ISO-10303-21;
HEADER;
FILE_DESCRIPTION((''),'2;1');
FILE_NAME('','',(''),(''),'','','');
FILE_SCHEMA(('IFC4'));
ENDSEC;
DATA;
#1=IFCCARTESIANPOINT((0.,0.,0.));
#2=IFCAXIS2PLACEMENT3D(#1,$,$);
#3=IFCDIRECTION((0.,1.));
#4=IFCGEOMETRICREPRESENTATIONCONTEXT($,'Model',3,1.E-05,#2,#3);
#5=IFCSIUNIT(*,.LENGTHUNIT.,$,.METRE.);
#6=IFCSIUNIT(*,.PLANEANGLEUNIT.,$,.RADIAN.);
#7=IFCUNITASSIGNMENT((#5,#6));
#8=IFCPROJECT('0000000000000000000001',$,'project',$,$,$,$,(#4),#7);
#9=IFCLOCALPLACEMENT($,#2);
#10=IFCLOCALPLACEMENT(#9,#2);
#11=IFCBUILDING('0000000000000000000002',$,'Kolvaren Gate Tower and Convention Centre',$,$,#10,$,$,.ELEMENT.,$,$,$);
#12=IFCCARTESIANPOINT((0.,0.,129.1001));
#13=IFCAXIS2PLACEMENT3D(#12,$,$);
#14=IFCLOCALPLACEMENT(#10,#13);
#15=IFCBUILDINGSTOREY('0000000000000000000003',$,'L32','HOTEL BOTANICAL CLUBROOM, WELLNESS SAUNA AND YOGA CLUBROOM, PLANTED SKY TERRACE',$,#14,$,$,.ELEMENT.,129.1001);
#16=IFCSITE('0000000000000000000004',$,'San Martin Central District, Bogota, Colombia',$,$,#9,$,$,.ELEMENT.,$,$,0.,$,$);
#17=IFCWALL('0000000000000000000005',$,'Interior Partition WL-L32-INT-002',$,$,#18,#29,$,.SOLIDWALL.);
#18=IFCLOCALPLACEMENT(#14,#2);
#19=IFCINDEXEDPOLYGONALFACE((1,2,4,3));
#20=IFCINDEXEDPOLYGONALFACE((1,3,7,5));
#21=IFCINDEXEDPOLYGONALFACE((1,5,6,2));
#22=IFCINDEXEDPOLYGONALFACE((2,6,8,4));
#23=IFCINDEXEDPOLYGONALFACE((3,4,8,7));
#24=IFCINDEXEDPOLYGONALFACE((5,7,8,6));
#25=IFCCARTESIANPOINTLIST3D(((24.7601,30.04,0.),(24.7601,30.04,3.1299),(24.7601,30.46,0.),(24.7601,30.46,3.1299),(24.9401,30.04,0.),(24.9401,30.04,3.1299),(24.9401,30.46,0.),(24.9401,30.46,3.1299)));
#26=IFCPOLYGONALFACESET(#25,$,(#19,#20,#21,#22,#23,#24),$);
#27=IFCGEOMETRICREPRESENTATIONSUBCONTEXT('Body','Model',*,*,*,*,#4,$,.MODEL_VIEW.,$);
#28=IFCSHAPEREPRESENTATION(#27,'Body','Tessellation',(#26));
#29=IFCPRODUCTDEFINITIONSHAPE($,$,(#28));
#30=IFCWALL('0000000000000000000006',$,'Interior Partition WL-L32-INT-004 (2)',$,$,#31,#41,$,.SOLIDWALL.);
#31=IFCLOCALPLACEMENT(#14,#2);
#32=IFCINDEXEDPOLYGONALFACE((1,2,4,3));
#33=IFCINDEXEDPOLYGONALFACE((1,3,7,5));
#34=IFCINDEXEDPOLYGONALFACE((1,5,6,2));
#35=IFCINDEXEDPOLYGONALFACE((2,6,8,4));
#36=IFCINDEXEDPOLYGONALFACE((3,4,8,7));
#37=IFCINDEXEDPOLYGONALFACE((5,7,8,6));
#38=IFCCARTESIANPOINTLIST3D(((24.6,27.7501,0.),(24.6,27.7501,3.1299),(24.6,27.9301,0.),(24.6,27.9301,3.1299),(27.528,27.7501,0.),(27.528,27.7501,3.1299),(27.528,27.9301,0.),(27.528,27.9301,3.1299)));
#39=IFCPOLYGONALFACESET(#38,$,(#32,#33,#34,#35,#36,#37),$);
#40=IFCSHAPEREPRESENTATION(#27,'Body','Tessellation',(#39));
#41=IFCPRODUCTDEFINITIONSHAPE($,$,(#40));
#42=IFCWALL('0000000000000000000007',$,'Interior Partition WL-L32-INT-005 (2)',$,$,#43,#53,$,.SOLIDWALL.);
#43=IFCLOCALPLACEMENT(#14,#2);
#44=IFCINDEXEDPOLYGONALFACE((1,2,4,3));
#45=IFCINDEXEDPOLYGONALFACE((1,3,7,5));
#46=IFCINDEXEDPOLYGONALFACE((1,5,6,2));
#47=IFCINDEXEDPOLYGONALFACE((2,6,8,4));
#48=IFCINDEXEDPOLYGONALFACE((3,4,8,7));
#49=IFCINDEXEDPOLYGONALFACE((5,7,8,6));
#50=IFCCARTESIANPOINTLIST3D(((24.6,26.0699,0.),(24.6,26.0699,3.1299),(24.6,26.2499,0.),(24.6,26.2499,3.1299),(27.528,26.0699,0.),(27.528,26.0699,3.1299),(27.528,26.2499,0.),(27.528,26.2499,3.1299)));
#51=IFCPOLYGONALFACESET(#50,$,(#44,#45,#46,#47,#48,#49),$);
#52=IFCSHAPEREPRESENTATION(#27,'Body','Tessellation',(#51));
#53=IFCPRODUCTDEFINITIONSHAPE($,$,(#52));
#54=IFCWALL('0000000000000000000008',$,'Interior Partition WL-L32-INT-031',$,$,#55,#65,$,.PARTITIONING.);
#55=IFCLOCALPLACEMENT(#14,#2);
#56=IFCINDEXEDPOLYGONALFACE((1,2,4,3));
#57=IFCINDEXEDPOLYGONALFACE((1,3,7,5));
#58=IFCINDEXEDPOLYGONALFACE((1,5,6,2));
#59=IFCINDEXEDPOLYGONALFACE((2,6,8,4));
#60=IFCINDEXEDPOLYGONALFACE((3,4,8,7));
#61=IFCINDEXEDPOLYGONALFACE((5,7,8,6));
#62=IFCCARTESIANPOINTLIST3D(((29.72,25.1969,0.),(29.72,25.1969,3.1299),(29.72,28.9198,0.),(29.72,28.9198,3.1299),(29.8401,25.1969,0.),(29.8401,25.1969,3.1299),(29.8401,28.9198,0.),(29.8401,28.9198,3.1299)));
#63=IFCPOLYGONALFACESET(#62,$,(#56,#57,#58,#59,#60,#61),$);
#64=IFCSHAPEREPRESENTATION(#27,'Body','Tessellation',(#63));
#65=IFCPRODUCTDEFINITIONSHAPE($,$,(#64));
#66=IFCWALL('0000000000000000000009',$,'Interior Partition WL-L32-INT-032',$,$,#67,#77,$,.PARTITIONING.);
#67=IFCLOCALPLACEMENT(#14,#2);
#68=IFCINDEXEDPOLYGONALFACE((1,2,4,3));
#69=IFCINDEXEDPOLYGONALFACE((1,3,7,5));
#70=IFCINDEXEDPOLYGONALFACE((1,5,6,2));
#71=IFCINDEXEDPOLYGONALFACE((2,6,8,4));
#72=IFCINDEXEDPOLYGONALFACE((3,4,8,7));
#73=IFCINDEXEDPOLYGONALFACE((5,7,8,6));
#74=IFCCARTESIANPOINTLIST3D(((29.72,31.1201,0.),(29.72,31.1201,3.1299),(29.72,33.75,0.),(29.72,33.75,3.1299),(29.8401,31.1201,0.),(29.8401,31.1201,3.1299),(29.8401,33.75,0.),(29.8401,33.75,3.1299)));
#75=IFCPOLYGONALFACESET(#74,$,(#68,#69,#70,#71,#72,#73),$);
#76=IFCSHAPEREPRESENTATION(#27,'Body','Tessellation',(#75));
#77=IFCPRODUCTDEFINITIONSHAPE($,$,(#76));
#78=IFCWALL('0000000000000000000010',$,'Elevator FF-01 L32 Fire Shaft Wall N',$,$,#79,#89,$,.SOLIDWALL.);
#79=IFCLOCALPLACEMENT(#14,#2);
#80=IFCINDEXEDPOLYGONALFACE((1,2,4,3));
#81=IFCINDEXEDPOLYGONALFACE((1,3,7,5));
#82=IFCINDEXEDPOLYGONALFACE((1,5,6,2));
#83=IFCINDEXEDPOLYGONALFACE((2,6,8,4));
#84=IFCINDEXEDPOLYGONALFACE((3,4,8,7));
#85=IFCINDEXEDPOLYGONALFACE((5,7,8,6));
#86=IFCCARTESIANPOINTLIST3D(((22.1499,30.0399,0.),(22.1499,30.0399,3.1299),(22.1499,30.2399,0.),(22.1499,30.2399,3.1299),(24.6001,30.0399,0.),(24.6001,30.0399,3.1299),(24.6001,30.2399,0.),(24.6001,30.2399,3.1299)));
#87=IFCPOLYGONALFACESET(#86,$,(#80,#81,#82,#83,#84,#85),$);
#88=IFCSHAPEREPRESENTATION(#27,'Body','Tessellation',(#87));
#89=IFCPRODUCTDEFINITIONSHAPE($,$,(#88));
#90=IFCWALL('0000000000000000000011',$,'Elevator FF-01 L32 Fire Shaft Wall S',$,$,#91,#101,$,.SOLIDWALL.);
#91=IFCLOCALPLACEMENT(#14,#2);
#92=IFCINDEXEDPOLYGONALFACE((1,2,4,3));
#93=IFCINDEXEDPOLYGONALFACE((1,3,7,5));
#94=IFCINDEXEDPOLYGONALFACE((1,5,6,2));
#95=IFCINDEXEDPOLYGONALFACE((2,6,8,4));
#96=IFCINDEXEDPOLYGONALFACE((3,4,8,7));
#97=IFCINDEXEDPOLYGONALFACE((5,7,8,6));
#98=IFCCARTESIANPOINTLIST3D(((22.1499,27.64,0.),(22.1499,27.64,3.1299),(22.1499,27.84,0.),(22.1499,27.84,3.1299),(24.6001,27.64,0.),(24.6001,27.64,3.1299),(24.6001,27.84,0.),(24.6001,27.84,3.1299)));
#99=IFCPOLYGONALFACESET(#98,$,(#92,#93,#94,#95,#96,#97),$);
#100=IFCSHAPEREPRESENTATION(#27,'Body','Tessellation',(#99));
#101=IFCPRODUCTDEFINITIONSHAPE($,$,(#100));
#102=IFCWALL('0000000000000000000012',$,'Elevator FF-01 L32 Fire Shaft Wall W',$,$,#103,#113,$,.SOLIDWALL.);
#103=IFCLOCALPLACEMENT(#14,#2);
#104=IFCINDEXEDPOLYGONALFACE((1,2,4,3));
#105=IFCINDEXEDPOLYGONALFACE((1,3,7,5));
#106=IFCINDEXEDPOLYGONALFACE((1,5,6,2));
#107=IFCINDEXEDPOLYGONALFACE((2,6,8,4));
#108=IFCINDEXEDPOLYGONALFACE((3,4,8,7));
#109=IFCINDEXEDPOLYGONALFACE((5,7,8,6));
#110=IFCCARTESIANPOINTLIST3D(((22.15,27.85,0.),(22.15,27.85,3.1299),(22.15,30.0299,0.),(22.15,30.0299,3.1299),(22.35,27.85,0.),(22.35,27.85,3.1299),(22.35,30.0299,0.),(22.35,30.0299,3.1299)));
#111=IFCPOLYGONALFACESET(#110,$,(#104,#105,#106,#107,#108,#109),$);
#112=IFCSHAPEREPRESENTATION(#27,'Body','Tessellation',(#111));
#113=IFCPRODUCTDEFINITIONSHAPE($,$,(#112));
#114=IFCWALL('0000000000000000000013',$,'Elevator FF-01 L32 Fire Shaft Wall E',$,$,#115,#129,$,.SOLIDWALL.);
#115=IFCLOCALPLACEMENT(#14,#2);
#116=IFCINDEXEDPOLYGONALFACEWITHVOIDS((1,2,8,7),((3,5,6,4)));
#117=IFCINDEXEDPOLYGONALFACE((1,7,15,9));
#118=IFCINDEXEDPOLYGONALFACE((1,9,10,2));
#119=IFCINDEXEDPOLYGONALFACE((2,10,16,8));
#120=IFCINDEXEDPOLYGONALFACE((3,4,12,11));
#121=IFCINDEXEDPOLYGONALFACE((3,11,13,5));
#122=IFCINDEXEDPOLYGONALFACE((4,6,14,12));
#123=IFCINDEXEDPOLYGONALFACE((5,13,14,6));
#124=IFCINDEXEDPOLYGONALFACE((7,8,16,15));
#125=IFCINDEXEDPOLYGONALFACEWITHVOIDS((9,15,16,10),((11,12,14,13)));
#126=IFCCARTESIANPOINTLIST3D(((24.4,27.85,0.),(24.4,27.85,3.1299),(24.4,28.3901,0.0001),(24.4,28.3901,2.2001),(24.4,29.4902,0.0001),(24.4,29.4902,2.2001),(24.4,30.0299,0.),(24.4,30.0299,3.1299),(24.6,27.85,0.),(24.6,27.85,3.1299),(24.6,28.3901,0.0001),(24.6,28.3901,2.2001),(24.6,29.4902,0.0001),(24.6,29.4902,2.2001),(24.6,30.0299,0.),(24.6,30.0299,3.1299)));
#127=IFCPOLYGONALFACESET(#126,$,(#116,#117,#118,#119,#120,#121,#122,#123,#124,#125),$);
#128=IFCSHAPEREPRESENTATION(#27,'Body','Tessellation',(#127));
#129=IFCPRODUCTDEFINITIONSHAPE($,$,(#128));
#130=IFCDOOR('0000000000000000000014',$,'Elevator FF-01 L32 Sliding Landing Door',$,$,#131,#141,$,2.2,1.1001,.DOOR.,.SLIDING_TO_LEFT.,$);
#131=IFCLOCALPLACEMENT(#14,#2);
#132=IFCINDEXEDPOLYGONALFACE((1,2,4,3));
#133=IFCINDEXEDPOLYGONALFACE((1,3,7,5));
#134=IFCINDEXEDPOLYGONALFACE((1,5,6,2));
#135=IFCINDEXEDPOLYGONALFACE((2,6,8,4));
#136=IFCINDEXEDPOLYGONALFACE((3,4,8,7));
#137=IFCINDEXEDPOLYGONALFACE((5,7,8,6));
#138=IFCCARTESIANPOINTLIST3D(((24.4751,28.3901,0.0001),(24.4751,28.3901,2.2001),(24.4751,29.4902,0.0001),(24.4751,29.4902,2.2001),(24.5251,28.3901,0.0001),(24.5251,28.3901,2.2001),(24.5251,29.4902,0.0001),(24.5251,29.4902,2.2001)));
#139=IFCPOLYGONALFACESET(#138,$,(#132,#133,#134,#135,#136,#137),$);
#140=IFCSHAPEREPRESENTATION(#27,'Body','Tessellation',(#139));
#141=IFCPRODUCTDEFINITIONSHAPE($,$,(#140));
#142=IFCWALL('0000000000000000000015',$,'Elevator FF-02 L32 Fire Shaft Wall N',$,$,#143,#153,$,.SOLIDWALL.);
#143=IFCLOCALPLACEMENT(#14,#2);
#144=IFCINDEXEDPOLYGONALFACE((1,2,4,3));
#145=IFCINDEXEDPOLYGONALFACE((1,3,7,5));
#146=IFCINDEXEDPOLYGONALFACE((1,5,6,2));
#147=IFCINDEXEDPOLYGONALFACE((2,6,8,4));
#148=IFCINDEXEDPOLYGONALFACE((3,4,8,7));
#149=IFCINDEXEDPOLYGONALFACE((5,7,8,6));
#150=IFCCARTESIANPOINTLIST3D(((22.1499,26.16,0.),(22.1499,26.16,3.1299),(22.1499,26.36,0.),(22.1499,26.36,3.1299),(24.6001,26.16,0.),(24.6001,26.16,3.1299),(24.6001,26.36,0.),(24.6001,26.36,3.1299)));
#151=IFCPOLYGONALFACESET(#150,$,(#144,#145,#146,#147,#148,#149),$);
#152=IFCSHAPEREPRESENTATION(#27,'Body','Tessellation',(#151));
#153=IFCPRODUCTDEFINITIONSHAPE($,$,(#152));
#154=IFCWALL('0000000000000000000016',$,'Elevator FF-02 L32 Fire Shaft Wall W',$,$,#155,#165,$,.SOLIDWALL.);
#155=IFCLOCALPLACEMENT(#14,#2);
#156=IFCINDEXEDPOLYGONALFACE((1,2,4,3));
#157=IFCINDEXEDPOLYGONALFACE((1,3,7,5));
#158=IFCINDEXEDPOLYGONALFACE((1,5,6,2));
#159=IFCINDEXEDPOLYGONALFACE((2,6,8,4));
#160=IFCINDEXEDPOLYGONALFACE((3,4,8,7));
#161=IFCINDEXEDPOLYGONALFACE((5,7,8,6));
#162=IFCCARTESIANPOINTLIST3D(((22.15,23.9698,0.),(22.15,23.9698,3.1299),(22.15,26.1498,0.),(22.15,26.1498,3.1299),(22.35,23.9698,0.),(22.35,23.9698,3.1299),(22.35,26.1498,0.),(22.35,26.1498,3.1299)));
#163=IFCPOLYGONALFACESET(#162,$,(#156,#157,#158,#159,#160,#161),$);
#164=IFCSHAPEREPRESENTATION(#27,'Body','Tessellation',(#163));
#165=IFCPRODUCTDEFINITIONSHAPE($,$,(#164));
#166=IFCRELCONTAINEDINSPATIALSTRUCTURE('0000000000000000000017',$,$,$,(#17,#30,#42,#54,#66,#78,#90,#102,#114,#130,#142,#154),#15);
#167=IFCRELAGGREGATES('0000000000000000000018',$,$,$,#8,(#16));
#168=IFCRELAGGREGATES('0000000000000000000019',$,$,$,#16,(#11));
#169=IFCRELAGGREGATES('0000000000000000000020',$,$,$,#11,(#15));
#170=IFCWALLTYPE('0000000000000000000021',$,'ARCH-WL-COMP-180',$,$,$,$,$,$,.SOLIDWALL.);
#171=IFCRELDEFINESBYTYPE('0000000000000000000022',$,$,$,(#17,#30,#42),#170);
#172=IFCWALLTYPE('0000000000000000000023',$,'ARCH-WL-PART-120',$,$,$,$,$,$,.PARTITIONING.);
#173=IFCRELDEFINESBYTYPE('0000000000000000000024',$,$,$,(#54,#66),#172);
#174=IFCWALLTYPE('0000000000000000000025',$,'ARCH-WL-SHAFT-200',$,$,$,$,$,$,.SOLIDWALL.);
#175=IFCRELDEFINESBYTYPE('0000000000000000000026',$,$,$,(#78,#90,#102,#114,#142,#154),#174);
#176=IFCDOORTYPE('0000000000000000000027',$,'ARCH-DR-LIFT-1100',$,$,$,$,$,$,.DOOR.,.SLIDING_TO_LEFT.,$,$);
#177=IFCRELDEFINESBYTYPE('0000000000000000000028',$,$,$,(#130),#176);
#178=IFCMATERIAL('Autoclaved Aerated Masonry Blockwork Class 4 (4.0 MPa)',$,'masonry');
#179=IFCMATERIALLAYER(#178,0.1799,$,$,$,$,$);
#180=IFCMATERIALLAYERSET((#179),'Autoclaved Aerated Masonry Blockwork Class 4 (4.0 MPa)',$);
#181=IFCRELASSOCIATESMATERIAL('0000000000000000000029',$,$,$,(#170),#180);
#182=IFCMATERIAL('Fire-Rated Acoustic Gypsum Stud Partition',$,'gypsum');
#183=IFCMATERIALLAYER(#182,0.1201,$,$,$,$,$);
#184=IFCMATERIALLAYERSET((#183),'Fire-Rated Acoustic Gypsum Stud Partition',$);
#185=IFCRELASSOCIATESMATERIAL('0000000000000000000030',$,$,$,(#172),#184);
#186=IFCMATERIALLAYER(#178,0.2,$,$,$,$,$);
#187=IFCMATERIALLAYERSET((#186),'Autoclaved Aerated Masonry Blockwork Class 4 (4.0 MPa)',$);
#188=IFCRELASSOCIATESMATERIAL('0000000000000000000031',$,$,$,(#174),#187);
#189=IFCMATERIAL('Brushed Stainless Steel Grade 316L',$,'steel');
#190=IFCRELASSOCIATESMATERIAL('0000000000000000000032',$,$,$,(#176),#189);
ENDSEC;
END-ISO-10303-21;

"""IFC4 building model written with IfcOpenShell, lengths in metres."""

from ifc_helpers import new_model, si_unit, direction, frame, frame_2d, origin, place, context, subcontext, project, spatial, rectangle, extrude, material, layer, layer_set, type_object, element, fill, save


model = new_model("IFC4")

# Units and contexts
model_context = context("Model", 3, precision=1e-05, world=origin(), true_north=direction((0.0, 1.0)))
body_context = subcontext(model_context, "Body", "Model", "MODEL_VIEW")
ifc_project = project(units=[si_unit("LENGTHUNIT", "METRE"), si_unit("PLANEANGLEUNIT", "RADIAN")], contexts=[model_context])

# Site, building, storey
site_placement = place(None, origin())
site = spatial("IfcSite", under=ifc_project, at=site_placement, Name="San Martin Central District, Bogota, Colombia", CompositionType="ELEMENT", RefElevation=0.0)
building_placement = place(site_placement, origin())
building = spatial("IfcBuilding", under=site, at=building_placement, Name="Kolvaren Gate Tower and Convention Centre", CompositionType="ELEMENT")
storey_placement = place(building_placement, frame((0.0, 0.0, 129.1001)))
storey = spatial("IfcBuildingStorey", under=building, at=storey_placement, Name="L32", Description="HOTEL BOTANICAL CLUBROOM, WELLNESS SAUNA AND YOGA CLUBROOM, PLANTED SKY TERRACE", CompositionType="ELEMENT", Elevation=129.1001)

# Walls
ifc_material_1 = material(Name="Autoclaved Aerated Masonry Blockwork Class 4 (4.0 MPa)", Category="masonry")
ifc_layer_1 = layer(ifc_material_1, 0.1799)
ifc_layer_set_1 = layer_set([ifc_layer_1], Name="Autoclaved Aerated Masonry Blockwork Class 4 (4.0 MPa)")
wall_type_1 = type_object("IfcWallType", Name="ARCH-WL-COMP-180", PredefinedType="SOLIDWALL", material=ifc_layer_set_1)
wall_1_placement = place(storey_placement, frame((24.8501, 30.04, 0.0), z_axis=(0.0, 0.0, 1.0), x_axis=(0.0, 1.0, 0.0)))
element("IfcWall", 1, at=wall_1_placement, inside=storey, type_object=wall_type_1, Name="Interior Partition WL-L32-INT-002", PredefinedType="SOLIDWALL", context=body_context, shape_type="SweptSolid", body=[
    extrude(rectangle(XDim=0.4199, YDim=0.1799, at=frame_2d((0.21, 0.0))), origin(), (0.0, 0.0, 1.0), 3.1299),
])
for number, where, z_axis, x_axis, name in (
    (2, (24.6001, 27.8401, 0.0), (0.0, 0.0, 1.0), (1.0, 0.0, 0.0), "Interior Partition WL-L32-INT-004 (2)"),
    (3, (24.6001, 26.1599, 0.0), (0.0, 0.0, 1.0), (1.0, 0.0, 0.0), "Interior Partition WL-L32-INT-005 (2)"),
):
    element("IfcWall", number, at=place(storey_placement, frame(where, z_axis=z_axis, x_axis=x_axis)), inside=storey, type_object=wall_type_1, Name=name, PredefinedType="SOLIDWALL", context=body_context, shape_type="SweptSolid", body=[
        extrude(rectangle(XDim=2.928, YDim=0.1799, at=frame_2d((1.4639, 0.0))), origin(), (0.0, 0.0, 1.0), 3.1299),
    ])
ifc_material_2 = material(Name="Fire-Rated Acoustic Gypsum Stud Partition", Category="gypsum")
ifc_layer_2 = layer(ifc_material_2, 0.1201)
ifc_layer_set_2 = layer_set([ifc_layer_2], Name="Fire-Rated Acoustic Gypsum Stud Partition")
wall_type_2 = type_object("IfcWallType", Name="ARCH-WL-PART-120", PredefinedType="PARTITIONING", material=ifc_layer_set_2)
wall_2_placement = place(storey_placement, frame((29.78, 25.197, 0.0), z_axis=(0.0, 0.0, 1.0), x_axis=(0.0, 1.0, 0.0)))
element("IfcWall", 4, at=wall_2_placement, inside=storey, type_object=wall_type_2, Name="Interior Partition WL-L32-INT-031", PredefinedType="PARTITIONING", context=body_context, shape_type="SweptSolid", body=[
    extrude(rectangle(XDim=3.7229, YDim=0.1201, at=frame_2d((1.8613, 0.0))), origin(), (0.0, 0.0, 1.0), 3.1299),
])
wall_3_placement = place(storey_placement, frame((29.78, 31.1201, 0.0), z_axis=(0.0, 0.0, 1.0), x_axis=(0.0, 1.0, 0.0)))
element("IfcWall", 5, at=wall_3_placement, inside=storey, type_object=wall_type_2, Name="Interior Partition WL-L32-INT-032", PredefinedType="PARTITIONING", context=body_context, shape_type="SweptSolid", body=[
    extrude(rectangle(XDim=2.6299, YDim=0.1201, at=frame_2d((1.3149, 0.0))), origin(), (0.0, 0.0, 1.0), 3.1299),
])
ifc_layer_3 = layer(ifc_material_1, 0.2)
ifc_layer_set_3 = layer_set([ifc_layer_3], Name="Autoclaved Aerated Masonry Blockwork Class 4 (4.0 MPa)")
wall_type_3 = type_object("IfcWallType", Name="ARCH-WL-SHAFT-200", PredefinedType="SOLIDWALL", material=ifc_layer_set_3)
for number, where, z_axis, x_axis, name in (
    (6, (22.1499, 30.1399, 0.0), (0.0, 0.0, 1.0), (1.0, 0.0, 0.0), "Elevator FF-01 L32 Fire Shaft Wall N"),
    (7, (22.1499, 27.74, 0.0), (0.0, 0.0, 1.0), (1.0, 0.0, 0.0), "Elevator FF-01 L32 Fire Shaft Wall S"),
):
    element("IfcWall", number, at=place(storey_placement, frame(where, z_axis=z_axis, x_axis=x_axis)), inside=storey, type_object=wall_type_3, Name=name, PredefinedType="SOLIDWALL", context=body_context, shape_type="SweptSolid", body=[
        extrude(rectangle(XDim=2.4502, YDim=0.2, at=frame_2d((1.2251, 0.0))), origin(), (0.0, 0.0, 1.0), 3.1299),
    ])
wall_4_placement = place(storey_placement, frame((22.25, 27.8501, 0.0), z_axis=(0.0, 0.0, 1.0), x_axis=(0.0, 1.0, 0.0)))
element("IfcWall", 8, at=wall_4_placement, inside=storey, type_object=wall_type_3, Name="Elevator FF-01 L32 Fire Shaft Wall W", PredefinedType="SOLIDWALL", context=body_context, shape_type="SweptSolid", body=[
    extrude(rectangle(XDim=2.1799, YDim=0.2, at=frame_2d((1.0898, 0.0))), origin(), (0.0, 0.0, 1.0), 3.1299),
])

# Wall, opening, door
wall_5_placement = place(storey_placement, frame((24.5, 27.8501, 0.0), z_axis=(0.0, 0.0, 1.0), x_axis=(0.0, 1.0, 0.0)))
wall_5 = element("IfcWall", 9, at=wall_5_placement, inside=storey, type_object=wall_type_3, Name="Elevator FF-01 L32 Fire Shaft Wall E", PredefinedType="SOLIDWALL", context=body_context, shape_type="SweptSolid", body=[
    extrude(rectangle(XDim=2.1799, YDim=0.2, at=frame_2d((1.0898, 0.0))), origin(), (0.0, 0.0, 1.0), 3.1299),
])
opening_1_placement = place(wall_5_placement, frame((0.54, 0.0, 0.0)))
opening_1 = element("IfcOpeningElement", 10, at=opening_1_placement, cuts=wall_5, PredefinedType="OPENING", context=body_context, shape_type="SweptSolid", body=[
    extrude(rectangle(XDim=1.1001, YDim=2.2, at=frame_2d((0.55, 1.1001))), frame((0.0, 0.1099, 0.0), z_axis=(0.0, -1.0, 0.0), x_axis=(1.0, 0.0, 0.0)), (0.0, 0.0, 1.0), 0.22),
])
ifc_material_3 = material(Name="Brushed Stainless Steel Grade 316L", Category="steel")
door_type_1 = type_object("IfcDoorType", Name="ARCH-DR-LIFT-1100", OperationType="SLIDING_TO_LEFT", PredefinedType="DOOR", material=ifc_material_3)
door_1_placement = place(opening_1_placement, origin())
door_1 = element("IfcDoor", 11, at=door_1_placement, inside=storey, type_object=door_type_1, Name="Elevator FF-01 L32 Sliding Landing Door", OperationType="SLIDING_TO_LEFT", OverallHeight=2.2, OverallWidth=1.1001, PredefinedType="DOOR", context=body_context, shape_type="SweptSolid", body=[
    extrude(rectangle(XDim=1.1001, YDim=2.2, at=frame_2d((0.55, 1.1001))), frame((0.0, 0.0249, 0.0), z_axis=(0.0, -1.0, 0.0), x_axis=(1.0, 0.0, 0.0)), (0.0, 0.0, 1.0), 0.05),
])
fill(opening_1, door_1)

# Walls
wall_6_placement = place(storey_placement, frame((22.1499, 26.26, 0.0), z_axis=(0.0, 0.0, 1.0), x_axis=(1.0, 0.0, 0.0)))
element("IfcWall", 12, at=wall_6_placement, inside=storey, type_object=wall_type_3, Name="Elevator FF-02 L32 Fire Shaft Wall N", PredefinedType="SOLIDWALL", context=body_context, shape_type="SweptSolid", body=[
    extrude(rectangle(XDim=2.4502, YDim=0.2, at=frame_2d((1.2251, 0.0))), origin(), (0.0, 0.0, 1.0), 3.1299),
])
wall_7_placement = place(storey_placement, frame((22.25, 23.97, 0.0), z_axis=(0.0, 0.0, 1.0), x_axis=(0.0, 1.0, 0.0)))
element("IfcWall", 13, at=wall_7_placement, inside=storey, type_object=wall_type_3, Name="Elevator FF-02 L32 Fire Shaft Wall W", PredefinedType="SOLIDWALL", context=body_context, shape_type="SweptSolid", body=[
    extrude(rectangle(XDim=2.1799, YDim=0.2, at=frame_2d((1.0898, 0.0))), origin(), (0.0, 0.0, 1.0), 3.1299),
])

save(model, "model.ifc")
